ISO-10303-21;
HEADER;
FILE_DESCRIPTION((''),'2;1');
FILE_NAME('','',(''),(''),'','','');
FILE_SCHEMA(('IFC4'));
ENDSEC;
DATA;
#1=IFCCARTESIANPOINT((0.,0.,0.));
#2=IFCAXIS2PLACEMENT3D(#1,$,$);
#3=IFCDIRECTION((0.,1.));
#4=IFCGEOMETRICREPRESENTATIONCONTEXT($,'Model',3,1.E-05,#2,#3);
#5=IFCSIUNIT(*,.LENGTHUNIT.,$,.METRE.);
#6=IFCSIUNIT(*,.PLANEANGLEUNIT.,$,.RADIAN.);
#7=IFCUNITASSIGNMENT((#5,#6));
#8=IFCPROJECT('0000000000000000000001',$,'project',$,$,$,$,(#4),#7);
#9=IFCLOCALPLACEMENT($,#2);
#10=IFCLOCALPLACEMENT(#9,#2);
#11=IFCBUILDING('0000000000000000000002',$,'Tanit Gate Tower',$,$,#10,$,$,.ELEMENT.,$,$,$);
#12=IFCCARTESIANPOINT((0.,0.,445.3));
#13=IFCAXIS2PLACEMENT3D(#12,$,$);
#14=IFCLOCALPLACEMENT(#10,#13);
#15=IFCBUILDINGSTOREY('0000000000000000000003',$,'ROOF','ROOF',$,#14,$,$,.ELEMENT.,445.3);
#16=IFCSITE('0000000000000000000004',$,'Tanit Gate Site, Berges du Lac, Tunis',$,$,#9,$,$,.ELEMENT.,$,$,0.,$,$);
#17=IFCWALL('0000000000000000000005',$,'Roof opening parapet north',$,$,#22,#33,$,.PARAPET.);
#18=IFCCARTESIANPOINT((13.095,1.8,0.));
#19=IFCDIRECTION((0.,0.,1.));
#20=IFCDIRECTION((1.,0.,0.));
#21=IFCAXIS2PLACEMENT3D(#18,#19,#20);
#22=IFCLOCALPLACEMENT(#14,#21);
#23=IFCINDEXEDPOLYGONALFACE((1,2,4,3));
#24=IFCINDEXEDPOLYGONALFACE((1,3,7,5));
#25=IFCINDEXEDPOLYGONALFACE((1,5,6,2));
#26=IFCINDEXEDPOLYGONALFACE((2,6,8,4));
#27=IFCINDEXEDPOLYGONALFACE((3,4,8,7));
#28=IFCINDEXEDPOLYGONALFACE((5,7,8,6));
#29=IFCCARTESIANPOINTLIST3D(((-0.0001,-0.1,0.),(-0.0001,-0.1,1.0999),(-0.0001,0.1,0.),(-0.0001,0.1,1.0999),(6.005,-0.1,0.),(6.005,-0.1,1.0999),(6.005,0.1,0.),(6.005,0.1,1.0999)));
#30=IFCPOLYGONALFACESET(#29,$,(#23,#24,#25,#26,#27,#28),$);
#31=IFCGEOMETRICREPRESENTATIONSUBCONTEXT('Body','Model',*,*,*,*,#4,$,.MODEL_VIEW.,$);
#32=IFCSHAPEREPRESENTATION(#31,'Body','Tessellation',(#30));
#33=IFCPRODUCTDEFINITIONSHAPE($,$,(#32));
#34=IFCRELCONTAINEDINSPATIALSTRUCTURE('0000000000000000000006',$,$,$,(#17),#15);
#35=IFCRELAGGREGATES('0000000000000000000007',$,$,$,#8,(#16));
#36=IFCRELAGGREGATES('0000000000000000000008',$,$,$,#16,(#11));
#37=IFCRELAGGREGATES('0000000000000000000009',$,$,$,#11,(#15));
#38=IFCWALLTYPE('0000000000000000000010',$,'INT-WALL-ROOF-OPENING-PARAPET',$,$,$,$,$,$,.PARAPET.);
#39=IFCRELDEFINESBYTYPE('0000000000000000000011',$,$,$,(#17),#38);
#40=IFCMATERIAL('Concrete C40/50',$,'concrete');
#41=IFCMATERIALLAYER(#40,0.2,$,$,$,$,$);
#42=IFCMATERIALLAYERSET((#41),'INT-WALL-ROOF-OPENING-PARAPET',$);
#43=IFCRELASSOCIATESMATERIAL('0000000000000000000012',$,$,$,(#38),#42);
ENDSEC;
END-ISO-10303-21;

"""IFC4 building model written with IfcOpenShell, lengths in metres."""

from ifc_helpers import new_model, si_unit, direction, frame, frame_2d, origin, place, context, subcontext, project, spatial, rectangle, extrude, material, layer, layer_set, type_object, element, save


model = new_model("IFC4")

# Units and contexts
model_context = context("Model", 3, precision=1e-05, world=origin(), true_north=direction((0.0, 1.0)))
body_context = subcontext(model_context, "Body", "Model", "MODEL_VIEW")
ifc_project = project(units=[si_unit("LENGTHUNIT", "METRE"), si_unit("PLANEANGLEUNIT", "RADIAN")], contexts=[model_context])

# Site, building, storey
site_placement = place(None, origin())
site = spatial("IfcSite", under=ifc_project, at=site_placement, Name="Tanit Gate Site, Berges du Lac, Tunis", CompositionType="ELEMENT", RefElevation=0.0)
building_placement = place(site_placement, origin())
building = spatial("IfcBuilding", under=site, at=building_placement, Name="Tanit Gate Tower", CompositionType="ELEMENT")
storey_placement = place(building_placement, frame((0.0, 0.0, 445.3)))
storey = spatial("IfcBuildingStorey", under=building, at=storey_placement, Name="ROOF", Description="ROOF", CompositionType="ELEMENT", Elevation=445.3)

# Wall
ifc_material_1 = material(Name="Concrete C40/50", Category="concrete")
ifc_layer_1 = layer(ifc_material_1, 0.2)
ifc_layer_set_1 = layer_set([ifc_layer_1], Name="INT-WALL-ROOF-OPENING-PARAPET")
wall_type_1 = type_object("IfcWallType", Name="INT-WALL-ROOF-OPENING-PARAPET", PredefinedType="PARAPET", material=ifc_layer_set_1)
wall_1_placement = place(storey_placement, frame((13.095, 1.8, 0.0), z_axis=(0.0, 0.0, 1.0), x_axis=(1.0, 0.0, 0.0)))
element("IfcWall", 1, at=wall_1_placement, inside=storey, type_object=wall_type_1, Name="Roof opening parapet north", PredefinedType="PARAPET", context=body_context, shape_type="SweptSolid", body=[
    extrude(rectangle(XDim=6.0051, YDim=0.2, at=frame_2d((3.0024, 0.0))), origin(), (0.0, 0.0, 1.0), 1.0999),
])

save(model, "model.ifc")
